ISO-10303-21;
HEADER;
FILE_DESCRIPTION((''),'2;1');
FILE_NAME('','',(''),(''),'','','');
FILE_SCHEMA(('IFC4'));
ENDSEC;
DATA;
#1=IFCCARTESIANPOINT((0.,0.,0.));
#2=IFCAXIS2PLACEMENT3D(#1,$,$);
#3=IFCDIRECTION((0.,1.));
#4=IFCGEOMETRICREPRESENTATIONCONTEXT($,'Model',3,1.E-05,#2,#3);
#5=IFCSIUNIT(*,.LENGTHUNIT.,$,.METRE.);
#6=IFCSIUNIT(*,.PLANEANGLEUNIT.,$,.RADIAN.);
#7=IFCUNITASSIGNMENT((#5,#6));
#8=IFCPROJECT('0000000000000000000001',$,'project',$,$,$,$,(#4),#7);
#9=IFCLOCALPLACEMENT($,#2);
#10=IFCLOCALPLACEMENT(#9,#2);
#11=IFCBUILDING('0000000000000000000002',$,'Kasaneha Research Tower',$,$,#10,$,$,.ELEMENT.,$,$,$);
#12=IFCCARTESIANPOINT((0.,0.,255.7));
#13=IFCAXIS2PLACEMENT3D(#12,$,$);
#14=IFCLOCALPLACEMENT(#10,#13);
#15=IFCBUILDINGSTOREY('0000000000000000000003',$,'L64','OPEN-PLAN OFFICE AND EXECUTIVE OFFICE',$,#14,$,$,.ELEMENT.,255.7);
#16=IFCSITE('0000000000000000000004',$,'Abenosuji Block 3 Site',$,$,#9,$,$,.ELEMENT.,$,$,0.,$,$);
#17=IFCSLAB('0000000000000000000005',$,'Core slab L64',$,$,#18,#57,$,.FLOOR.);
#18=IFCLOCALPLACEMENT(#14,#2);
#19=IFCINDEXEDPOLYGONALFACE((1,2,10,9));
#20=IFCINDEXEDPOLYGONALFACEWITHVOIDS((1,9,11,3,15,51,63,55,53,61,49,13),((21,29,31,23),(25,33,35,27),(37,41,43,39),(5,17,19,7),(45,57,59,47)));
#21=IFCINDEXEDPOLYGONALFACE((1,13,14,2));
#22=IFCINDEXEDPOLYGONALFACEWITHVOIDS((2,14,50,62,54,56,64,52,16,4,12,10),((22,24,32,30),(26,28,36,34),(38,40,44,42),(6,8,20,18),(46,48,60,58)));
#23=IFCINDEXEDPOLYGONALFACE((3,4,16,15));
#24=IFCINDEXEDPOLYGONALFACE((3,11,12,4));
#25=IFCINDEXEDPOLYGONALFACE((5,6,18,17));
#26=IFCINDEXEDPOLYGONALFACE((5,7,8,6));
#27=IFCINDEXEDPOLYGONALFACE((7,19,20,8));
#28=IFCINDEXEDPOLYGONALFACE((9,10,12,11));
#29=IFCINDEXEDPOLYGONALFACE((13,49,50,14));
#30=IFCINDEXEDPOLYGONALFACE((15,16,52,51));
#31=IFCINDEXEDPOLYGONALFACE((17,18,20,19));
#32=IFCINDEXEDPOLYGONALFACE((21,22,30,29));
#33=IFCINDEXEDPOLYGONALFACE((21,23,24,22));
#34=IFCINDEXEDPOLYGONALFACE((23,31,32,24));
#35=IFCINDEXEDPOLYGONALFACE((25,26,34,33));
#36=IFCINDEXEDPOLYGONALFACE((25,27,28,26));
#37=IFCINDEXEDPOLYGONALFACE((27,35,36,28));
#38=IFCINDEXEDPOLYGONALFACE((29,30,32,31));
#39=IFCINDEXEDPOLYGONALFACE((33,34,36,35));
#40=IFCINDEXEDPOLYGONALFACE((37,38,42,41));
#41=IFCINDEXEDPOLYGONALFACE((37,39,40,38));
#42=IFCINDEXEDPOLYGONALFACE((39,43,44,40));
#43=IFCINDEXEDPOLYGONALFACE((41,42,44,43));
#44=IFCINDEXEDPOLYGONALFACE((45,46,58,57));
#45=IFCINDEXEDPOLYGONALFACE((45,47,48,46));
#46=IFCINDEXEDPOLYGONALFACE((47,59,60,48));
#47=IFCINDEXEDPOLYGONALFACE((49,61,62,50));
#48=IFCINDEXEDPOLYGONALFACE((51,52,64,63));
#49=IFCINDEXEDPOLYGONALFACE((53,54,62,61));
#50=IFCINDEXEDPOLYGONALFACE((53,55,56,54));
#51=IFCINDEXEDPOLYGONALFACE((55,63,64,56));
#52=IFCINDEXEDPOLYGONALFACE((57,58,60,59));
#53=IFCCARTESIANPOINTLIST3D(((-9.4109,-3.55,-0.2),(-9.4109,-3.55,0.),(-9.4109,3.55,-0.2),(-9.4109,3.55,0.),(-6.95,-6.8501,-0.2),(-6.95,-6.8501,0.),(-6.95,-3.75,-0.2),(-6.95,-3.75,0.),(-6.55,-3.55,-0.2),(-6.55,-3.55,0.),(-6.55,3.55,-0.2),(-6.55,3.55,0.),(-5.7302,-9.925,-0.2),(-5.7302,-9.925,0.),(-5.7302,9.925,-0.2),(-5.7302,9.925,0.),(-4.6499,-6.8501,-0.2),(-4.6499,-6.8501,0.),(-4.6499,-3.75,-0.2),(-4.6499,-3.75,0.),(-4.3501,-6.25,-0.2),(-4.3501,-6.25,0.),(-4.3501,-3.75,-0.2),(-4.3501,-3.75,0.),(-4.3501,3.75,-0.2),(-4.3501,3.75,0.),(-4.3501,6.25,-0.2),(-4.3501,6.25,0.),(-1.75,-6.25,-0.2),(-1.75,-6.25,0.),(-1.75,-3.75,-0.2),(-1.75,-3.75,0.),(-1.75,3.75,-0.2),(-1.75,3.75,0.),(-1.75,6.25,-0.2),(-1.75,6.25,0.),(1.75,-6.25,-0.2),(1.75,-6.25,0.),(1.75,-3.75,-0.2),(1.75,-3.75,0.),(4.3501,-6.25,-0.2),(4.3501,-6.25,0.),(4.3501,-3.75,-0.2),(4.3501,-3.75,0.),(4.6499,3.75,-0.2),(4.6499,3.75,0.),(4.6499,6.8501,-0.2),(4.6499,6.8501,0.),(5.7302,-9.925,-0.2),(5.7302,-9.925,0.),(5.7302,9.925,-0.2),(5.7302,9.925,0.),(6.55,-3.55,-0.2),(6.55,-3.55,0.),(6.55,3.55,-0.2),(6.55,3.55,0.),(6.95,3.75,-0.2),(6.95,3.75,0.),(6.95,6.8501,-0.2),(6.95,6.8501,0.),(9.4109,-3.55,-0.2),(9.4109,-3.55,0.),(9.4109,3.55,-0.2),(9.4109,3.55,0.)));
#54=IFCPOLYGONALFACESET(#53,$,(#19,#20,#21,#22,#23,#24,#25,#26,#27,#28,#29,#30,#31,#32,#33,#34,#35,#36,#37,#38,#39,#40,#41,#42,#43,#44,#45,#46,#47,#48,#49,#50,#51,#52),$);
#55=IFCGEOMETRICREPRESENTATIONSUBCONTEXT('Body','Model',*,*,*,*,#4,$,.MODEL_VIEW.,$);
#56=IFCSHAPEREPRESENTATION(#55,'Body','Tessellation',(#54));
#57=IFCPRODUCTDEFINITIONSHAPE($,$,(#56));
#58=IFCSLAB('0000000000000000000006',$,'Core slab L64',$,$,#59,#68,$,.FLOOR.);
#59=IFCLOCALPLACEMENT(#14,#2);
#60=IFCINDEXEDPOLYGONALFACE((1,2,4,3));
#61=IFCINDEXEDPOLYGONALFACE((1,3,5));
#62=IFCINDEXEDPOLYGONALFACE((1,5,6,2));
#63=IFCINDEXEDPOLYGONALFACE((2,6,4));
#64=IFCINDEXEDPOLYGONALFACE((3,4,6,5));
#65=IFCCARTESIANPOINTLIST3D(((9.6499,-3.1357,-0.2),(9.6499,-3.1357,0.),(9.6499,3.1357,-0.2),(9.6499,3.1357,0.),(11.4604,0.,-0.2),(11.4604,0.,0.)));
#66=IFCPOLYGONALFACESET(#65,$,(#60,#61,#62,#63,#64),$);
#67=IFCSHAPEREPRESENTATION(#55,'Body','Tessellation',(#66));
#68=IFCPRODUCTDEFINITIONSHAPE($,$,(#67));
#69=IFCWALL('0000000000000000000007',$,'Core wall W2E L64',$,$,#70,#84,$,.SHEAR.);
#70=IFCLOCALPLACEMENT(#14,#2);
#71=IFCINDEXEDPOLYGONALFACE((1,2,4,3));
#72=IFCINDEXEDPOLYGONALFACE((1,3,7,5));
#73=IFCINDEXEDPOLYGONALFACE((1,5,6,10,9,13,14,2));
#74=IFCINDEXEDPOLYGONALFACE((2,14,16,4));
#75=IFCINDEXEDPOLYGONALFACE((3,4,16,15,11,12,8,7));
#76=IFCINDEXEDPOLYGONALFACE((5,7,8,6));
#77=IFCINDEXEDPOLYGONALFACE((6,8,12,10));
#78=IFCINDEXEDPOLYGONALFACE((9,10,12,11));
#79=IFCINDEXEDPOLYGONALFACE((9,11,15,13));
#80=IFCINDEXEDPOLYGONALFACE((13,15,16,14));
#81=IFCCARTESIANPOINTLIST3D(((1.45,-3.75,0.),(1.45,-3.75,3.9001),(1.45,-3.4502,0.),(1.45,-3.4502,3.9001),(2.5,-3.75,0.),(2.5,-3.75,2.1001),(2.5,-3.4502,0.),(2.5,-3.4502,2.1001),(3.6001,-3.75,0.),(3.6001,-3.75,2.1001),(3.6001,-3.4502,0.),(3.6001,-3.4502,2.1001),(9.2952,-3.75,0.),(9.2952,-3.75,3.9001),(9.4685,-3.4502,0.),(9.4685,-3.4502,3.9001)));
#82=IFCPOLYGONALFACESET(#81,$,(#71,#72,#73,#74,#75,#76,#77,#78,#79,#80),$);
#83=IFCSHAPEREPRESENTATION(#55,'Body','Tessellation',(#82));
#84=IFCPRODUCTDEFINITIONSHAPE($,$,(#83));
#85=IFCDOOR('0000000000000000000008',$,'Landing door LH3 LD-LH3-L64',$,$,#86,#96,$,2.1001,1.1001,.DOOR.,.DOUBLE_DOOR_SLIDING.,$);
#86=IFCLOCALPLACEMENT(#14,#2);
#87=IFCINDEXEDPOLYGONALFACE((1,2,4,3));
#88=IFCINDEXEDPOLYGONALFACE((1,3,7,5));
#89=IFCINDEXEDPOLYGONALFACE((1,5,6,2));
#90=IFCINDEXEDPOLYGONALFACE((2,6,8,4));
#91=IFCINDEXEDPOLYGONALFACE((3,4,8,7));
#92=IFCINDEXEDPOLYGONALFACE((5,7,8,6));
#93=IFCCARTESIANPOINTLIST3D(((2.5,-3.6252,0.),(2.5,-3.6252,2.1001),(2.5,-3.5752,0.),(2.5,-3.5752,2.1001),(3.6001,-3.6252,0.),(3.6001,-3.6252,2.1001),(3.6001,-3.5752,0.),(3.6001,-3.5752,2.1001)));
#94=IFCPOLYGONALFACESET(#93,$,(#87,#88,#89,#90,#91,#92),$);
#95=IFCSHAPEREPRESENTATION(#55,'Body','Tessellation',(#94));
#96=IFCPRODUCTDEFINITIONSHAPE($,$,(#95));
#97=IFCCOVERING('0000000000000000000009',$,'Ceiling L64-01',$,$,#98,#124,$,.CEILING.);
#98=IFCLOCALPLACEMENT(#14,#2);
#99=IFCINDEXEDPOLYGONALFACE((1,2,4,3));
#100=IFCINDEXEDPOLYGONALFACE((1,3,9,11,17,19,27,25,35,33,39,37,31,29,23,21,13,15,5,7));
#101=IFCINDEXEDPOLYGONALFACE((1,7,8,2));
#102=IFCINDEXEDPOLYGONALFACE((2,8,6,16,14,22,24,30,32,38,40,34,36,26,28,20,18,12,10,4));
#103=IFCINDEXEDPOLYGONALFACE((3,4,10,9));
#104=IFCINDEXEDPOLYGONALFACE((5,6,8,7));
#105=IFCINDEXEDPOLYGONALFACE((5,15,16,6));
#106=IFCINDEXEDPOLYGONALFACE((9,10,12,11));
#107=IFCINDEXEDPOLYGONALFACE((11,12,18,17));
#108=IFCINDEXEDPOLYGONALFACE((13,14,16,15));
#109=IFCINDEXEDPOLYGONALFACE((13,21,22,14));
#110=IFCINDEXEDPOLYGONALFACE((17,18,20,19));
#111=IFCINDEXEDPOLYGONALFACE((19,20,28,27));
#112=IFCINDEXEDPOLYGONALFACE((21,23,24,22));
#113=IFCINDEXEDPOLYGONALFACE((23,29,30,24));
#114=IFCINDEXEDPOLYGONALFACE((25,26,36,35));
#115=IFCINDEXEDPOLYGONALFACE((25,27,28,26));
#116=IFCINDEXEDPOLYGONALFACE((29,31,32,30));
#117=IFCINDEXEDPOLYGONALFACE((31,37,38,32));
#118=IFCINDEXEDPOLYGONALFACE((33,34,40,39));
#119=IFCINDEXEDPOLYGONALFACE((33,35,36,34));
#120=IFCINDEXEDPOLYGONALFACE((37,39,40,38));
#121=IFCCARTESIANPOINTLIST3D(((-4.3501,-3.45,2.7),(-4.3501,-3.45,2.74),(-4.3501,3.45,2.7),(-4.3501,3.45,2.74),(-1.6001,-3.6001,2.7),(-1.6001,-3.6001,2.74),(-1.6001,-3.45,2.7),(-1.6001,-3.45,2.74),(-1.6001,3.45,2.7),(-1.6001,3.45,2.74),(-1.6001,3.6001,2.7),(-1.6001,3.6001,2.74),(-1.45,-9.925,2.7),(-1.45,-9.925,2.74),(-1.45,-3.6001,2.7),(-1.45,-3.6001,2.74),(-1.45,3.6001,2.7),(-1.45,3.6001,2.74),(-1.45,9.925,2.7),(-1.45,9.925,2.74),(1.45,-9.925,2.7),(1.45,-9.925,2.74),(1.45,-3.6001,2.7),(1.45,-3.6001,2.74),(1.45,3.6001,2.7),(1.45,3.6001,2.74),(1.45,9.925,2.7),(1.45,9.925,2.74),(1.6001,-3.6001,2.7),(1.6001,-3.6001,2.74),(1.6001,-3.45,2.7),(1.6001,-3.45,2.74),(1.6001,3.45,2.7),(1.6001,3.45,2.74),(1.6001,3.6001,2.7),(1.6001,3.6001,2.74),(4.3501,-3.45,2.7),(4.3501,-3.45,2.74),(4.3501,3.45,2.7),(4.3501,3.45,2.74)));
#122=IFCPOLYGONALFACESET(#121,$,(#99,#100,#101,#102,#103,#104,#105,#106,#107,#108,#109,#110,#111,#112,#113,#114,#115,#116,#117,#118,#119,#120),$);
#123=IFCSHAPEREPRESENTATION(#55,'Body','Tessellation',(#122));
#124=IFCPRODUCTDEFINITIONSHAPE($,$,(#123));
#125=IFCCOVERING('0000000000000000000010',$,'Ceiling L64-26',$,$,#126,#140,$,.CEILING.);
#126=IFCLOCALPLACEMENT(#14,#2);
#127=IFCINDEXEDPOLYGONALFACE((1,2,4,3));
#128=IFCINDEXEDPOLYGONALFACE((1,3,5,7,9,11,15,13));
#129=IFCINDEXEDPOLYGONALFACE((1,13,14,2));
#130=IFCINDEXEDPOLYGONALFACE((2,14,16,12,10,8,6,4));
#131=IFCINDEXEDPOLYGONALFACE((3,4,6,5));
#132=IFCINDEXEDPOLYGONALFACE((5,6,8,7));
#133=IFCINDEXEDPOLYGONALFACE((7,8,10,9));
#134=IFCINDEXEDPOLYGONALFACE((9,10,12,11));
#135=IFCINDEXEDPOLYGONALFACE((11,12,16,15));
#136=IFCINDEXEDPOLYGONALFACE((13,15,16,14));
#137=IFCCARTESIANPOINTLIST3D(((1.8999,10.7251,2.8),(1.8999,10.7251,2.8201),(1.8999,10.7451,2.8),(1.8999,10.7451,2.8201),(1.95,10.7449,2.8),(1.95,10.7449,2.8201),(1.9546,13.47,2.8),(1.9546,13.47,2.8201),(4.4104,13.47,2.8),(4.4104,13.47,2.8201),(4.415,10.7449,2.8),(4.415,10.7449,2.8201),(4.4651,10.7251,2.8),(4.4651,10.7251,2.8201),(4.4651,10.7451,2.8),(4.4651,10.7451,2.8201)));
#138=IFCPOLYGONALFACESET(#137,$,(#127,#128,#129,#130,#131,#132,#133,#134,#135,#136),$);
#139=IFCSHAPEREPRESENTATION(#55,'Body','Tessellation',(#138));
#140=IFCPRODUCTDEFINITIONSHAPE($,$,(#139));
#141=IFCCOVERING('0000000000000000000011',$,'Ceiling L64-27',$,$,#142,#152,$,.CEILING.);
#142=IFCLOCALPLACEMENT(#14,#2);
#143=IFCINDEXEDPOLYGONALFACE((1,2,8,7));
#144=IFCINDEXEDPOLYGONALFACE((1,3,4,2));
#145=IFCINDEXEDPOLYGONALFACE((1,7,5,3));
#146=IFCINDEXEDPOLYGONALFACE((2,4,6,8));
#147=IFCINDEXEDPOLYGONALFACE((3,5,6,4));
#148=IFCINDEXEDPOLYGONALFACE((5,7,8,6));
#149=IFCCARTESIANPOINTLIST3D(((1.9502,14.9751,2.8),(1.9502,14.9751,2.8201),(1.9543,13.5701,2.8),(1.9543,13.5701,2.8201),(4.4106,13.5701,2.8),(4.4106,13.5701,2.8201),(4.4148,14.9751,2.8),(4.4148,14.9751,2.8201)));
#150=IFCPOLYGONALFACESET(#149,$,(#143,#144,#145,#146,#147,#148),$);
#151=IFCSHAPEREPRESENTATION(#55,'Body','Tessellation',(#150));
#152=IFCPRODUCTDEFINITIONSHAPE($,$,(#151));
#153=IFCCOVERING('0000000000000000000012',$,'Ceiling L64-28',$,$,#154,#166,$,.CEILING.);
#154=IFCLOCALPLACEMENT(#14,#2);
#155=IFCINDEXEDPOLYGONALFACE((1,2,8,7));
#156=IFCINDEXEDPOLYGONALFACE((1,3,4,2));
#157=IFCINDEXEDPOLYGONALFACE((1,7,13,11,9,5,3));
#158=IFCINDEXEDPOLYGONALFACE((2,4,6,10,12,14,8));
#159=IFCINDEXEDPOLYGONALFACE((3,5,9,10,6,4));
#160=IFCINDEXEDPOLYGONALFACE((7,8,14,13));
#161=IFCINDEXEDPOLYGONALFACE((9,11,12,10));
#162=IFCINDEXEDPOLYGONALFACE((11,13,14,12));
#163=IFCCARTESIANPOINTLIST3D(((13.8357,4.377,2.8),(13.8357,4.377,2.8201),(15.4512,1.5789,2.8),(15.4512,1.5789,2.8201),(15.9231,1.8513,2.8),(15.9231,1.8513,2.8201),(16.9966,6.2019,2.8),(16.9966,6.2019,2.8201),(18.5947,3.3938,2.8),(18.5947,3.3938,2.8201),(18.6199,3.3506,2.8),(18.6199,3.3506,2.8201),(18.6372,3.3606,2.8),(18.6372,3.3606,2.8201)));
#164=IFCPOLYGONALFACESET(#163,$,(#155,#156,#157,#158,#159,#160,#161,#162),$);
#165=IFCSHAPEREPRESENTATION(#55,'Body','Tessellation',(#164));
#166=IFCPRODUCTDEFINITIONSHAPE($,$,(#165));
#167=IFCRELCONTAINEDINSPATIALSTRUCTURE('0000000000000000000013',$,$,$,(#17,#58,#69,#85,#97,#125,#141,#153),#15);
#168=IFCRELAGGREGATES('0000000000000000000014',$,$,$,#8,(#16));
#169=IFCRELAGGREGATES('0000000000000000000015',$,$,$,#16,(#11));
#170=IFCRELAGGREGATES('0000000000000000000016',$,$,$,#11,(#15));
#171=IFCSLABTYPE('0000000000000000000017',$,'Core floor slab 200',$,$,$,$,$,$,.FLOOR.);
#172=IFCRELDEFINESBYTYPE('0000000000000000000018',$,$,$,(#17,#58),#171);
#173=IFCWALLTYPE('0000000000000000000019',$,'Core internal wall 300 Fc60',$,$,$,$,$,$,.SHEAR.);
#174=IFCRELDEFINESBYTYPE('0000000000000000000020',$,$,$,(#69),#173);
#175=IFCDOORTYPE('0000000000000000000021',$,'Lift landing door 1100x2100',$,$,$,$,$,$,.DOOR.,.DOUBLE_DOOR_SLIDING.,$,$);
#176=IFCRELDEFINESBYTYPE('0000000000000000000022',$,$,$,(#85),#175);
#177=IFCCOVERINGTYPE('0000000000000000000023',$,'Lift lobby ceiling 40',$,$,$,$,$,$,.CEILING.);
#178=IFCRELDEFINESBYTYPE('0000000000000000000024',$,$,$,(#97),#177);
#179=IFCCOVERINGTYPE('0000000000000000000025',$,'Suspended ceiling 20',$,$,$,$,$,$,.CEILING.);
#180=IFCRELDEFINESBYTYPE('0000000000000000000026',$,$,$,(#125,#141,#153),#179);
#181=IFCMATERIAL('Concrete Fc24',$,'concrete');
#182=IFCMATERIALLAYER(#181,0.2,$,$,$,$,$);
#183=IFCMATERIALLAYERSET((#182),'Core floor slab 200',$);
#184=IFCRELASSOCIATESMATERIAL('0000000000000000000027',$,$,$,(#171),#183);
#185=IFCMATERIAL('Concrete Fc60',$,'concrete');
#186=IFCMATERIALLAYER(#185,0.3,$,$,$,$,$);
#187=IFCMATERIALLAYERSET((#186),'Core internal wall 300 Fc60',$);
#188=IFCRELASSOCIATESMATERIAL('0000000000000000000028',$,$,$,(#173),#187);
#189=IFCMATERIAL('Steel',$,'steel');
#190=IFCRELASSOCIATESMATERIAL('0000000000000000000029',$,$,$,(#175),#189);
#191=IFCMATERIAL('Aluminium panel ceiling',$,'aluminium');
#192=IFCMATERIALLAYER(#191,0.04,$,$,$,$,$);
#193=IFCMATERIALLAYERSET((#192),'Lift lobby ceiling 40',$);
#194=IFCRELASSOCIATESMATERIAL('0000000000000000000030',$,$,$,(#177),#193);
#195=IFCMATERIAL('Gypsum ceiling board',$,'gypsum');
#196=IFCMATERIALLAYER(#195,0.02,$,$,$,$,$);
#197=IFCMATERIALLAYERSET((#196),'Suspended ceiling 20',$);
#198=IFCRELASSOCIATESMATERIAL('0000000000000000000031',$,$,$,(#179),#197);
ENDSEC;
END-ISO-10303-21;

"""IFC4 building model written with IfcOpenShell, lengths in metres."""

from ifc_helpers import new_model, si_unit, direction, frame, frame_2d, origin, place, context, subcontext, project, spatial, polyline, rectangle, outline, extrude, material, layer, layer_set, type_object, element, fill, save


model = new_model("IFC4")

# Units and contexts
model_context = context("Model", 3, precision=1e-05, world=origin(), true_north=direction((0.0, 1.0)))
body_context = subcontext(model_context, "Body", "Model", "MODEL_VIEW")
ifc_project = project(units=[si_unit("LENGTHUNIT", "METRE"), si_unit("PLANEANGLEUNIT", "RADIAN")], contexts=[model_context])

# Site, building, storey
site_placement = place(None, origin())
site = spatial("IfcSite", under=ifc_project, at=site_placement, Name="Abenosuji Block 3 Site", CompositionType="ELEMENT", RefElevation=0.0)
building_placement = place(site_placement, origin())
building = spatial("IfcBuilding", under=site, at=building_placement, Name="Kasaneha Research Tower", CompositionType="ELEMENT")
storey_placement = place(building_placement, frame((0.0, 0.0, 255.7)))
storey = spatial("IfcBuildingStorey", under=building, at=storey_placement, Name="L64", Description="OPEN-PLAN OFFICE AND EXECUTIVE OFFICE", CompositionType="ELEMENT", Elevation=255.7)

# Slabs
ifc_material_1 = material(Name="Concrete Fc24", Category="concrete")
ifc_layer_1 = layer(ifc_material_1, 0.2)
ifc_layer_set_1 = layer_set([ifc_layer_1], Name="Core floor slab 200")
slab_type = type_object("IfcSlabType", Name="Core floor slab 200", PredefinedType="FLOOR", material=ifc_layer_set_1)
slab_1_placement = place(storey_placement, frame((0.0, 0.0, -0.2)))
element("IfcSlab", 1, at=slab_1_placement, inside=storey, type_object=slab_type, Name="Core slab L64", PredefinedType="FLOOR", context=body_context, shape_type="SweptSolid", body=[
    extrude(outline(polyline([(-5.7302, 9.925), (5.7302, 9.925), (9.4109, 3.55), (6.55, 3.55), (6.55, -3.55), (9.4109, -3.55), (5.7302, -9.925), (-5.7302, -9.925), (-9.4109, -3.55), (-6.55, -3.55), (-6.55, 3.55), (-9.4109, 3.55), (-5.7302, 9.925)]), holes=[polyline([(-6.95, -6.8501), (-4.6499, -6.8501), (-4.6499, -3.75), (-6.95, -3.75), (-6.95, -6.8501)]), polyline([(-4.3501, -3.75), (-4.3501, -6.25), (-1.75, -6.25), (-1.75, -3.75), (-4.3501, -3.75)]), polyline([(1.75, -3.75), (1.75, -6.25), (4.3501, -6.25), (4.3501, -3.75), (1.75, -3.75)]), polyline([(-4.3501, 6.25), (-4.3501, 3.75), (-1.75, 3.75), (-1.75, 6.25), (-4.3501, 6.25)]), polyline([(4.6499, 6.8501), (4.6499, 3.75), (6.95, 3.75), (6.95, 6.8501), (4.6499, 6.8501)])]), origin(), (0.0, 0.0, 1.0), 0.2),
])
slab_2_placement = place(storey_placement, frame((0.0, 0.0, -0.2)))
element("IfcSlab", 2, at=slab_2_placement, inside=storey, type_object=slab_type, Name="Core slab L64", PredefinedType="FLOOR", context=body_context, shape_type="SweptSolid", body=[
    extrude(outline(polyline([(11.4604, 0.0), (9.6499, -3.1357), (9.6499, 3.1357), (11.4604, 0.0)])), origin(), (0.0, 0.0, 1.0), 0.2),
])

# Wall, opening, door
ifc_material_2 = material(Name="Concrete Fc60", Category="concrete")
ifc_layer_2 = layer(ifc_material_2, 0.3)
ifc_layer_set_2 = layer_set([ifc_layer_2], Name="Core internal wall 300 Fc60")
wall_type = type_object("IfcWallType", Name="Core internal wall 300 Fc60", PredefinedType="SHEAR", material=ifc_layer_set_2)
wall_placement = place(storey_placement, frame((1.45, -3.6001, 0.0), z_axis=(0.0, 0.0, 1.0), x_axis=(1.0, 0.0, 0.0)))
wall = element("IfcWall", 3, at=wall_placement, inside=storey, type_object=wall_type, Name="Core wall W2E L64", PredefinedType="SHEAR", context=body_context, shape_type="SweptSolid", body=[
    extrude(outline(polyline([(0.0, -0.1499), (1.05, -0.1499), (2.1501, -0.1499), (7.8452, -0.1499), (8.0186, 0.1499), (2.1501, 0.1499), (1.05, 0.1499), (0.0, 0.1499), (0.0, -0.1499)])), origin(), (0.0, 0.0, 1.0), 3.9001),
])
opening_placement = place(wall_placement, frame((1.05, 0.0, 0.0)))
opening = element("IfcOpeningElement", 4, at=opening_placement, cuts=wall, PredefinedType="OPENING", context=body_context, shape_type="SweptSolid", body=[
    extrude(rectangle(XDim=1.1001, YDim=2.1001, at=frame_2d((0.55, 1.05))), frame((0.0, 0.1602, 0.0), z_axis=(0.0, -1.0, 0.0), x_axis=(1.0, 0.0, 0.0)), (0.0, 0.0, 1.0), 0.3201),
])
ifc_material_3 = material(Name="Steel", Category="steel")
door_type = type_object("IfcDoorType", Name="Lift landing door 1100x2100", OperationType="DOUBLE_DOOR_SLIDING", PredefinedType="DOOR", material=ifc_material_3)
door_placement = place(opening_placement, origin())
door = element("IfcDoor", 5, at=door_placement, inside=storey, type_object=door_type, Name="Landing door LH3 LD-LH3-L64", OperationType="DOUBLE_DOOR_SLIDING", OverallHeight=2.1001, OverallWidth=1.1001, PredefinedType="DOOR", context=body_context, shape_type="SweptSolid", body=[
    extrude(rectangle(XDim=1.1001, YDim=2.1001, at=frame_2d((0.55, 1.05))), frame((0.0, 0.0249, 0.0), z_axis=(0.0, -1.0, 0.0), x_axis=(1.0, 0.0, 0.0)), (0.0, 0.0, 1.0), 0.05),
])
fill(opening, door)

# Coverings
ifc_material_4 = material(Name="Aluminium panel ceiling", Category="aluminium")
ifc_layer_3 = layer(ifc_material_4, 0.04)
ifc_layer_set_3 = layer_set([ifc_layer_3], Name="Lift lobby ceiling 40")
covering_type_1 = type_object("IfcCoveringType", Name="Lift lobby ceiling 40", PredefinedType="CEILING", material=ifc_layer_set_3)
covering_1_placement = place(storey_placement, frame((0.0, 0.0, 2.7)))
element("IfcCovering", 6, at=covering_1_placement, inside=storey, type_object=covering_type_1, Name="Ceiling L64-01", PredefinedType="CEILING", context=body_context, shape_type="SweptSolid", body=[
    extrude(outline(polyline([(1.45, 9.925), (1.45, 3.6001), (1.6001, 3.6001), (1.6001, 3.45), (4.3501, 3.45), (4.3501, -3.45), (1.6001, -3.45), (1.6001, -3.6001), (1.45, -3.6001), (1.45, -9.925), (-1.45, -9.925), (-1.45, -3.6001), (-1.6001, -3.6001), (-1.6001, -3.45), (-4.3501, -3.45), (-4.3501, 3.45), (-1.6001, 3.45), (-1.6001, 3.6001), (-1.45, 3.6001), (-1.45, 9.925), (1.45, 9.925)])), origin(), (0.0, 0.0, 1.0), 0.04),
])
ifc_material_5 = material(Name="Gypsum ceiling board", Category="gypsum")
ifc_layer_4 = layer(ifc_material_5, 0.02)
ifc_layer_set_4 = layer_set([ifc_layer_4], Name="Suspended ceiling 20")
covering_type_2 = type_object("IfcCoveringType", Name="Suspended ceiling 20", PredefinedType="CEILING", material=ifc_layer_set_4)
covering_2_placement = place(storey_placement, frame((0.0, 0.0, 2.8)))
element("IfcCovering", 7, at=covering_2_placement, inside=storey, type_object=covering_type_2, Name="Ceiling L64-26", PredefinedType="CEILING", context=body_context, shape_type="SweptSolid", body=[
    extrude(outline(polyline([(1.8999, 10.7251), (1.8999, 10.7451), (1.95, 10.7449), (1.9546, 13.47), (4.4104, 13.47), (4.415, 10.7449), (4.4651, 10.7451), (4.4651, 10.7251), (1.8999, 10.7251)])), origin(), (0.0, 0.0, 1.0), 0.02),
])
covering_3_placement = place(storey_placement, frame((0.0, 0.0, 2.8)))
element("IfcCovering", 8, at=covering_3_placement, inside=storey, type_object=covering_type_2, Name="Ceiling L64-27", PredefinedType="CEILING", context=body_context, shape_type="SweptSolid", body=[
    extrude(outline(polyline([(1.9502, 14.9751), (4.4148, 14.9751), (4.4106, 13.5701), (1.9543, 13.5701), (1.9502, 14.9751)])), origin(), (0.0, 0.0, 1.0), 0.02),
])
covering_4_placement = place(storey_placement, frame((0.0, 0.0, 2.8)))
element("IfcCovering", 9, at=covering_4_placement, inside=storey, type_object=covering_type_2, Name="Ceiling L64-28", PredefinedType="CEILING", context=body_context, shape_type="SweptSolid", body=[
    extrude(outline(polyline([(18.6372, 3.3606), (18.6199, 3.3506), (18.5947, 3.3938), (15.9231, 1.8513), (15.9231, 1.8513), (15.4512, 1.5789), (13.8357, 4.377), (16.9966, 6.2019), (18.6372, 3.3606)])), origin(), (0.0, 0.0, 1.0), 0.02),
])

save(model, "model.ifc")
